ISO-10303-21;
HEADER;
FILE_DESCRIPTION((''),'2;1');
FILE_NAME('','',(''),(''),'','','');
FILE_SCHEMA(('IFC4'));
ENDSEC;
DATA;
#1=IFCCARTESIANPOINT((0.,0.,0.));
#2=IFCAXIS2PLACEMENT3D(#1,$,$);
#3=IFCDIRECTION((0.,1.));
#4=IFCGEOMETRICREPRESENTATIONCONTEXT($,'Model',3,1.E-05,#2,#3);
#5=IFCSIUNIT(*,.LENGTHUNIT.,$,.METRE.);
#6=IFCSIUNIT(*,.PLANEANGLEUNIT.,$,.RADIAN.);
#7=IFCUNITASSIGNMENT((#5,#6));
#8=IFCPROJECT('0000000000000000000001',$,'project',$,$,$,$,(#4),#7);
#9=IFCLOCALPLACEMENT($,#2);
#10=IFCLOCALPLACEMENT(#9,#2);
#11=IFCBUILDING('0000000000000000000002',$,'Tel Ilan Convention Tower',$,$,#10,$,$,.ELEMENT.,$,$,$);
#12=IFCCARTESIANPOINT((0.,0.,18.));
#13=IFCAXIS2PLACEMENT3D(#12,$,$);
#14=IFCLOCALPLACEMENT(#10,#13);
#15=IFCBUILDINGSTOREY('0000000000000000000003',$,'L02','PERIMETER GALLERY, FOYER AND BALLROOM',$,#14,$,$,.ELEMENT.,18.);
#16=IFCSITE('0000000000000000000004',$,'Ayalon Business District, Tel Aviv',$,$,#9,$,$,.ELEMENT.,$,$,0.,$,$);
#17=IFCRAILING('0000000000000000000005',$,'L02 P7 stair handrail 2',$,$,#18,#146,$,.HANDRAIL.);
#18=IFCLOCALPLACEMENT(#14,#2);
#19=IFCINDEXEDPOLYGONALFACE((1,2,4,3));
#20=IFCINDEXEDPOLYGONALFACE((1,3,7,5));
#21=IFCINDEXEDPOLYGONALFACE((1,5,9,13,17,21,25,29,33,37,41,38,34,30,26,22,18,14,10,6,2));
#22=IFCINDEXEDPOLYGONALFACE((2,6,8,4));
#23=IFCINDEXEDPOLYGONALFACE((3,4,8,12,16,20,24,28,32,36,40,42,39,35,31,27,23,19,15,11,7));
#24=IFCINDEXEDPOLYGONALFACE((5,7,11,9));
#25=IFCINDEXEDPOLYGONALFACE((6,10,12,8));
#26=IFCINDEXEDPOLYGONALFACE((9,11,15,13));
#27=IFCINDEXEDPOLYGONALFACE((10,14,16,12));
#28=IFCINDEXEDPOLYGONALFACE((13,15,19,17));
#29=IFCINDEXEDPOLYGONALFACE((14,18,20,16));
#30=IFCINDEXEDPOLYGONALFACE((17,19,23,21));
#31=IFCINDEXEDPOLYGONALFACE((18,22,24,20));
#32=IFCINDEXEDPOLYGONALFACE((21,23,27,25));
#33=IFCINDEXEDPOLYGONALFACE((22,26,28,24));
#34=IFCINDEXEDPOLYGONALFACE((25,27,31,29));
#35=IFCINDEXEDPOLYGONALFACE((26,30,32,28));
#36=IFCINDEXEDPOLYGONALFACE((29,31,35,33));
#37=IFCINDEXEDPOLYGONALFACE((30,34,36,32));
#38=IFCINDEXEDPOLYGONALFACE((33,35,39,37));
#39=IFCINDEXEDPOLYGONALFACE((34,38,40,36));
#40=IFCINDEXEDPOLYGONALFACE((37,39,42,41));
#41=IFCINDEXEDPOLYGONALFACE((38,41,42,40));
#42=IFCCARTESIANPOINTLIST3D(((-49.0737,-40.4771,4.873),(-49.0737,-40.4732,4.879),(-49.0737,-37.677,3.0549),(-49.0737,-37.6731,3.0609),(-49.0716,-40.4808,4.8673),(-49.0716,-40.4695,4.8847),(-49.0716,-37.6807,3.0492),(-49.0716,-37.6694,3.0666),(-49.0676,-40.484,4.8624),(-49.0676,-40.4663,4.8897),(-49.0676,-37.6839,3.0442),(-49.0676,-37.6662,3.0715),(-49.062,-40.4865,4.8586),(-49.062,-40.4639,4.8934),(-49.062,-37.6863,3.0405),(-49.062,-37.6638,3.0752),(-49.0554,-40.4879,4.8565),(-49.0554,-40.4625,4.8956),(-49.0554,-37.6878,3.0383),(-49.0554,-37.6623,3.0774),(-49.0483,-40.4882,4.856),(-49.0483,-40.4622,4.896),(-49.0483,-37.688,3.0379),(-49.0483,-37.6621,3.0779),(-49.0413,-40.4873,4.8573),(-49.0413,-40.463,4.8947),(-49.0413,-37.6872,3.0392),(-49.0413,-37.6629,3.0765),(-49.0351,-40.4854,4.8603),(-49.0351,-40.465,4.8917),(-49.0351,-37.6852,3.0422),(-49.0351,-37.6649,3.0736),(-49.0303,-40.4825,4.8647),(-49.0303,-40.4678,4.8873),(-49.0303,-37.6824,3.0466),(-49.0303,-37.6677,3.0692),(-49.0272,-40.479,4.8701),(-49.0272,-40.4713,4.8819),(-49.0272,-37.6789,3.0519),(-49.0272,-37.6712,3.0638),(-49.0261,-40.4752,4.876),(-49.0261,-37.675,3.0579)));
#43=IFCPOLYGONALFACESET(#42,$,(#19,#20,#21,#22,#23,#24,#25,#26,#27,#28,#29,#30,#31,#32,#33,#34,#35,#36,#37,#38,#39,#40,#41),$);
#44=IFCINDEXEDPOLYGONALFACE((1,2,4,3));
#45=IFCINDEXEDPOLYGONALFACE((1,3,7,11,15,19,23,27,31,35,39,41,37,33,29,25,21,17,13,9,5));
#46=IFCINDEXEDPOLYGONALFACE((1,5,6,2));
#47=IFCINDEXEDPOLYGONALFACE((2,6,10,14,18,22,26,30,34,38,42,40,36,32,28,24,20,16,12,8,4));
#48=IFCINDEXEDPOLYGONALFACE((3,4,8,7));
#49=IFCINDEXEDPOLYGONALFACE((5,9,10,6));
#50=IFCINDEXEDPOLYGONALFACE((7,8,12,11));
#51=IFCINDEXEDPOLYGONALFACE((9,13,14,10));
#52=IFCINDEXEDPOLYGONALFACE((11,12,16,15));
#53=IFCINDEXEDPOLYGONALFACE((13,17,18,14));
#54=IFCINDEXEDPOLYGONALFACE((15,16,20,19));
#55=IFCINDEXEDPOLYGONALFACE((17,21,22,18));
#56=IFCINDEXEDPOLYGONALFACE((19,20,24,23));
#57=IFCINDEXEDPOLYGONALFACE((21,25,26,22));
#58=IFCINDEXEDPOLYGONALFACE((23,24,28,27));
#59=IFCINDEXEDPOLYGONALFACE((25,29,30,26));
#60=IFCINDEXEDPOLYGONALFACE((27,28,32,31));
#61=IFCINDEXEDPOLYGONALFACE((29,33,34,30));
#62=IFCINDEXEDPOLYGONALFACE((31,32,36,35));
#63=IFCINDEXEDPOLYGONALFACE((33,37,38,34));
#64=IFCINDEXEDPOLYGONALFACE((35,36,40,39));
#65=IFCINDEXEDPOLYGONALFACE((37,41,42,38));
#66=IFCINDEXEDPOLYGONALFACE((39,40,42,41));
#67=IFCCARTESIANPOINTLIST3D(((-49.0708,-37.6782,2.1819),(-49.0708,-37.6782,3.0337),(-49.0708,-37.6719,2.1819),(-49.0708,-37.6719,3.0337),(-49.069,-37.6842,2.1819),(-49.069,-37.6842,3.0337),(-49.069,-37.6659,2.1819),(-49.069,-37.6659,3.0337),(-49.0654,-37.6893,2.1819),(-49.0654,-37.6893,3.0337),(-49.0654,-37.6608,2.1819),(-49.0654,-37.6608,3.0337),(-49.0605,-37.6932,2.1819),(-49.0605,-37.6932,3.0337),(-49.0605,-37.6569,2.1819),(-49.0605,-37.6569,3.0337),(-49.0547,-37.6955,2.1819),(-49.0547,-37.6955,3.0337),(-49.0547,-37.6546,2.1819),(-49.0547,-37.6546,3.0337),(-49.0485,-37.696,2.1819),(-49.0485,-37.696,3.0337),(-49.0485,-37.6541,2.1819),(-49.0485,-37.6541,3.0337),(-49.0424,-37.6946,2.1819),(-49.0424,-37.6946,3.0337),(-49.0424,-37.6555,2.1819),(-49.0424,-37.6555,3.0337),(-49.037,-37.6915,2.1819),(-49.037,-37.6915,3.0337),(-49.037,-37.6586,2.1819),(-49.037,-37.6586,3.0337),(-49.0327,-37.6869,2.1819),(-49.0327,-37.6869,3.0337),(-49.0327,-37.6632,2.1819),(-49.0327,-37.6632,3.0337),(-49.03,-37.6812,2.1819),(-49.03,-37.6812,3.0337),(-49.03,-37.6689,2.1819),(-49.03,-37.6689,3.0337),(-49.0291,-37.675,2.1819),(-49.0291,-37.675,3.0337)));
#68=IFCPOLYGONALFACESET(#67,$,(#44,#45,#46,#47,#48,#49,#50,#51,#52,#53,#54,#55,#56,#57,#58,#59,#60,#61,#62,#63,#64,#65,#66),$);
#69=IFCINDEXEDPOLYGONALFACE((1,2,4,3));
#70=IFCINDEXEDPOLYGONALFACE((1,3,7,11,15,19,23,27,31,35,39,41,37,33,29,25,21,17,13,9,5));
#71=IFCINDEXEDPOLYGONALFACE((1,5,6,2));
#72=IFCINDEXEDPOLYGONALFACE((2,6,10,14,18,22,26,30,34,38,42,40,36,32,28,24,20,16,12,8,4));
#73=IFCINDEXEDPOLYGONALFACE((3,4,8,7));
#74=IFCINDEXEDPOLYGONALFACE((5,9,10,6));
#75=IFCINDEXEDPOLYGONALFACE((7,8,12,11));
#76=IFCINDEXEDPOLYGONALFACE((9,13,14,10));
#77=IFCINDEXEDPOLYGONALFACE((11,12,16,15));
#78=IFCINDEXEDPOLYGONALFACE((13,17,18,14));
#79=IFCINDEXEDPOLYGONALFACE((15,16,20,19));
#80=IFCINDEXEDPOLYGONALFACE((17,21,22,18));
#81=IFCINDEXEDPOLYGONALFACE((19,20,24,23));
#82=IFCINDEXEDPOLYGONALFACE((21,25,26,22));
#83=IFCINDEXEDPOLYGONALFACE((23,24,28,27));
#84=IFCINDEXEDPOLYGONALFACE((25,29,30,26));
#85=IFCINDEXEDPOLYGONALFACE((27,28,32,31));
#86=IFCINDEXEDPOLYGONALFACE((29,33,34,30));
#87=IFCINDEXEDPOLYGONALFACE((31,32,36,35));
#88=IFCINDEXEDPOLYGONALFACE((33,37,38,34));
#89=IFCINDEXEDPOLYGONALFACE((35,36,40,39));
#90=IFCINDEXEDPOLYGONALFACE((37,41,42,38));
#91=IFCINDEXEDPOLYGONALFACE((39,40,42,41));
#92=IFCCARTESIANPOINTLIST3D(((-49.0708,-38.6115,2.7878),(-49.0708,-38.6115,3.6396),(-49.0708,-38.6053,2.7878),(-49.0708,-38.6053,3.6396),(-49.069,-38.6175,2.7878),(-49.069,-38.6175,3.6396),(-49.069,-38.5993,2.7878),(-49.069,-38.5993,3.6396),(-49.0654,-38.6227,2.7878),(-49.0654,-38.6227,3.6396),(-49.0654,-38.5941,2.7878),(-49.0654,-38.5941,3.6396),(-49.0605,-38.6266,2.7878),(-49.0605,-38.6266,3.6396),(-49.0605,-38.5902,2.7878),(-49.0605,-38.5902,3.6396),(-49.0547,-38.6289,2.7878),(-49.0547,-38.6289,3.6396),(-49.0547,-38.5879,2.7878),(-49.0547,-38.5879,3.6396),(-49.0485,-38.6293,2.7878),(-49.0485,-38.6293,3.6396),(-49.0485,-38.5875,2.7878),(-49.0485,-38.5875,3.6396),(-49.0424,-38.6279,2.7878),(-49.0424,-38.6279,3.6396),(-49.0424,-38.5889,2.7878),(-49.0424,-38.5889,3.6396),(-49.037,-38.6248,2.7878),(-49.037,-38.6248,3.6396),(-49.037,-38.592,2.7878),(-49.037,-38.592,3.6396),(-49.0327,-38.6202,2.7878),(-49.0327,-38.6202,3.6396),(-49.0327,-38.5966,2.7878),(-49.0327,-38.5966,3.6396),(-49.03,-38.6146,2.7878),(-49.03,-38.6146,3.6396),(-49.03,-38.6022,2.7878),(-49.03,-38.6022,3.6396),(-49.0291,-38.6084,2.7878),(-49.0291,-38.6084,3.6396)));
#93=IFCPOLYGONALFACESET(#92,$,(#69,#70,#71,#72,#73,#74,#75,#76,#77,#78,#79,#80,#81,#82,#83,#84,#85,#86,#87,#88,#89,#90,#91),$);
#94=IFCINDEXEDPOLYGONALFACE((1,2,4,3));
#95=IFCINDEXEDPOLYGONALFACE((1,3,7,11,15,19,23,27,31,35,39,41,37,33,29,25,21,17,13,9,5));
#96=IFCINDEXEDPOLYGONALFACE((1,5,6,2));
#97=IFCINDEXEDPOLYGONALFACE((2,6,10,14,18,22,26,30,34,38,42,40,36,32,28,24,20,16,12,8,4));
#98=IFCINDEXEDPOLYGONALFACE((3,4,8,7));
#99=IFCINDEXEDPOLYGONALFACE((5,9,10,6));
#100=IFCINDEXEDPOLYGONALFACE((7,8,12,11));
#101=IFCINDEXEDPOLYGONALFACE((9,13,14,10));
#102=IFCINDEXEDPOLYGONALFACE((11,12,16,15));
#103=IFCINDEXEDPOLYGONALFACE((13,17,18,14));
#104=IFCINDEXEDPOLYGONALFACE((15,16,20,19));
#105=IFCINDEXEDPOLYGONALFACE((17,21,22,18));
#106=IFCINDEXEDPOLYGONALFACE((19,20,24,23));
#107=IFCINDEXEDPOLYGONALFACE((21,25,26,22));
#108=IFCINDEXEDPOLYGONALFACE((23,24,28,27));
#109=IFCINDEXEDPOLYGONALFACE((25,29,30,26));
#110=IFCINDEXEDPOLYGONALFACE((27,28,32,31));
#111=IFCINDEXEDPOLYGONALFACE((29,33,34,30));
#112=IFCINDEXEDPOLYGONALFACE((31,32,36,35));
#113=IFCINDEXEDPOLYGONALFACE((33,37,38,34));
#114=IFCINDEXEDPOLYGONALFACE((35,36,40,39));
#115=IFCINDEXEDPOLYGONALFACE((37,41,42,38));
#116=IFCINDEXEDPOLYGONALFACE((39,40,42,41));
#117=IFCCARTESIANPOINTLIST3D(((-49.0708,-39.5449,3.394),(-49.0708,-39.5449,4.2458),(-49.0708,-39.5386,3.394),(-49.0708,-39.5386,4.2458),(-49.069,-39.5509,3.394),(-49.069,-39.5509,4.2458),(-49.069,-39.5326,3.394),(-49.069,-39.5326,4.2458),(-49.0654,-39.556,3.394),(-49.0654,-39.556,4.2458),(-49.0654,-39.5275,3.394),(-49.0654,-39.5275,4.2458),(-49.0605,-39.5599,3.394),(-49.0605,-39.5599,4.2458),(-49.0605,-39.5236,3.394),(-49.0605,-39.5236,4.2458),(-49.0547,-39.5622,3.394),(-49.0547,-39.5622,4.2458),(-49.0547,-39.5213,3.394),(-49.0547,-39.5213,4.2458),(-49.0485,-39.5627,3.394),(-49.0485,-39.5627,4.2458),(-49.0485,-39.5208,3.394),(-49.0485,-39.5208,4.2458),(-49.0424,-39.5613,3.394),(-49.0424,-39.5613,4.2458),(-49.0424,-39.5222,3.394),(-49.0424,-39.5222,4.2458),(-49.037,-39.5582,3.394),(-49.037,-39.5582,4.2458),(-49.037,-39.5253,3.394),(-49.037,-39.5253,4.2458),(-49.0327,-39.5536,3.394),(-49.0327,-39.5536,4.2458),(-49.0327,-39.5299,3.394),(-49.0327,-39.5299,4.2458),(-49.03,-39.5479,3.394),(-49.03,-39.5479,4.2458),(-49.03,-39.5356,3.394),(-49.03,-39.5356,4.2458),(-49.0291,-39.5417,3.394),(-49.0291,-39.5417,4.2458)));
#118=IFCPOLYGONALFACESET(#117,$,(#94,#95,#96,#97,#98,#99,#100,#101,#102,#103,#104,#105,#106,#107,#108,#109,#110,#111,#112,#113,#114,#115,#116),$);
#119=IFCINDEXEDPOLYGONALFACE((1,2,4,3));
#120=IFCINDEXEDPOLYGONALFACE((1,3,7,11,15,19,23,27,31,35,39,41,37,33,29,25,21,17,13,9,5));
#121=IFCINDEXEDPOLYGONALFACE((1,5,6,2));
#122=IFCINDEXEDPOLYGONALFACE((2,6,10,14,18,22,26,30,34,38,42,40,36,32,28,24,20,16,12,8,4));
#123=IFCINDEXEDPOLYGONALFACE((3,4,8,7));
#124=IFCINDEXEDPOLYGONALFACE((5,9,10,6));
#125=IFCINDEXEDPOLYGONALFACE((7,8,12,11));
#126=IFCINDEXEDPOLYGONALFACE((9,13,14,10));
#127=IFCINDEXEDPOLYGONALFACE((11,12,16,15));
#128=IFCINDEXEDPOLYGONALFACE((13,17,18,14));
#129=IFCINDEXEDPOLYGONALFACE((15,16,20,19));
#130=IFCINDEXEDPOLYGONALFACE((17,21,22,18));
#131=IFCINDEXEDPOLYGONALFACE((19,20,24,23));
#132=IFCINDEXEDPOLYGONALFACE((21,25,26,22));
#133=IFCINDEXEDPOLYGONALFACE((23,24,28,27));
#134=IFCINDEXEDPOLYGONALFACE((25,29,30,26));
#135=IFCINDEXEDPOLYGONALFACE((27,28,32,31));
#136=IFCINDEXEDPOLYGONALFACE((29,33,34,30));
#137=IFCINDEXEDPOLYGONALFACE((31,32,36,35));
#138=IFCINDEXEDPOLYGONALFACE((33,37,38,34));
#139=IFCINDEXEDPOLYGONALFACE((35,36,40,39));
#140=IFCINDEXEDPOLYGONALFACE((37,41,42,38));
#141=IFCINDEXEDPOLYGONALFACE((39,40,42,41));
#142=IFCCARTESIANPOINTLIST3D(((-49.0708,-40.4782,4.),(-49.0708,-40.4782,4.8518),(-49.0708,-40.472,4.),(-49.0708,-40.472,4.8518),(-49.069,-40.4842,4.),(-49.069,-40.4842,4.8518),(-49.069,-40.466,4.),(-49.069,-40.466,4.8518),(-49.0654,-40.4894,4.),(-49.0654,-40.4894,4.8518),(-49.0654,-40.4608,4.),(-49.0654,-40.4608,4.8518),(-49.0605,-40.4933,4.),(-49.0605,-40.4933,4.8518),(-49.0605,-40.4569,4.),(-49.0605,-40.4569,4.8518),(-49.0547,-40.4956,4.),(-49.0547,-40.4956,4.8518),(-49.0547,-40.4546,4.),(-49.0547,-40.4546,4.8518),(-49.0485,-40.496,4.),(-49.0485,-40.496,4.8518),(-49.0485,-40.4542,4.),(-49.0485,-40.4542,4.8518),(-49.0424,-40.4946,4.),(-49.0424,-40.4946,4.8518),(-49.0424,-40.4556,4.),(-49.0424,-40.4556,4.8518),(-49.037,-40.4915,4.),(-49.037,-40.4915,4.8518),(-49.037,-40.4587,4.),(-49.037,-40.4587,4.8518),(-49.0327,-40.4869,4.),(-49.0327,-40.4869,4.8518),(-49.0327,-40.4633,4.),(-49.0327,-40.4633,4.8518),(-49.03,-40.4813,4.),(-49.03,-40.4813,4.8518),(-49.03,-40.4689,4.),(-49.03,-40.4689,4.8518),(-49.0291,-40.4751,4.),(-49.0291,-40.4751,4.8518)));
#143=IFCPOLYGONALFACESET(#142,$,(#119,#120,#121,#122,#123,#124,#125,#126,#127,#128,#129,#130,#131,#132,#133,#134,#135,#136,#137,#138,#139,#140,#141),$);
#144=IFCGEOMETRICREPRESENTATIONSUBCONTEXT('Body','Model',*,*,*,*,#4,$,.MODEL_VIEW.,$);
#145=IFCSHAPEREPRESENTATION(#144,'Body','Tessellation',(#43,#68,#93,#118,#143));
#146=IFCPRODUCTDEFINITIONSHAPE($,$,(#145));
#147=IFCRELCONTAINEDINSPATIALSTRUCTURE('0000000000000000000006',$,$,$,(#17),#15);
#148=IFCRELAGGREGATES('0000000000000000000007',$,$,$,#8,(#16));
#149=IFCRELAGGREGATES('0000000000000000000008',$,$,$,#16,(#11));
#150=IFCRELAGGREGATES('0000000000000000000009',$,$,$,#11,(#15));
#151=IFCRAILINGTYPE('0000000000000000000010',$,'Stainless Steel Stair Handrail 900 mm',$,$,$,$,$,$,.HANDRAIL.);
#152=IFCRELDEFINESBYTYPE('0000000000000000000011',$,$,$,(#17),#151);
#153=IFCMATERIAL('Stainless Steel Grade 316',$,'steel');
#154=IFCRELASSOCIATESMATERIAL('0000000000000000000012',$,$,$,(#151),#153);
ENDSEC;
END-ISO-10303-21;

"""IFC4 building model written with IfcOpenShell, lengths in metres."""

from ifc_helpers import new_model, si_unit, direction, frame, origin, origin_2d, place, context, subcontext, project, spatial, circle, extrude, material, type_object, element, save


model = new_model("IFC4")

# Units and contexts
model_context = context("Model", 3, precision=1e-05, world=origin(), true_north=direction((0.0, 1.0)))
body_context = subcontext(model_context, "Body", "Model", "MODEL_VIEW")
ifc_project = project(units=[si_unit("LENGTHUNIT", "METRE"), si_unit("PLANEANGLEUNIT", "RADIAN")], contexts=[model_context])

# Site, building, storey
site_placement = place(None, origin())
site = spatial("IfcSite", under=ifc_project, at=site_placement, Name="Ayalon Business District, Tel Aviv", CompositionType="ELEMENT", RefElevation=0.0)
building_placement = place(site_placement, origin())
building = spatial("IfcBuilding", under=site, at=building_placement, Name="Tel Ilan Convention Tower", CompositionType="ELEMENT")
storey_placement = place(building_placement, frame((0.0, 0.0, 18.0)))
storey = spatial("IfcBuildingStorey", under=building, at=storey_placement, Name="L02", Description="PERIMETER GALLERY, FOYER AND BALLROOM", CompositionType="ELEMENT", Elevation=18.0)

# Railing
ifc_material_1 = material(Name="Stainless Steel Grade 316", Category="steel")
railing_type_1 = type_object("IfcRailingType", Name="Stainless Steel Stair Handrail 900 mm", PredefinedType="HANDRAIL", material=ifc_material_1)
railing_1_placement = place(storey_placement, frame((-49.05, -37.675, 2.1819)))
element("IfcRailing", 1, at=railing_1_placement, inside=storey, type_object=railing_type_1, Name="L02 P7 stair handrail 2", PredefinedType="HANDRAIL", context=body_context, shape_type="SweptSolid", body=[
    extrude(circle(Radius=0.0239, at=origin_2d()), frame((0.0, 0.0, 0.876), z_axis=(0.0, -0.838706, 0.544585), x_axis=(1.0, 0.0, 0.0)), (0.0, 0.0, 1.0), 3.3386),
    extrude(circle(Radius=0.021, at=origin_2d()), origin(), (0.0, 0.0, 1.0), 0.8518),
    extrude(circle(Radius=0.021, at=origin_2d()), frame((0.0, -0.9333, 0.606)), (0.0, 0.0, 1.0), 0.8518),
    extrude(circle(Radius=0.021, at=origin_2d()), frame((0.0, -1.8667, 1.2122)), (0.0, 0.0, 1.0), 0.8518),
    extrude(circle(Radius=0.021, at=origin_2d()), frame((0.0, -2.8, 1.8181)), (0.0, 0.0, 1.0), 0.8518),
])

save(model, "model.ifc")
